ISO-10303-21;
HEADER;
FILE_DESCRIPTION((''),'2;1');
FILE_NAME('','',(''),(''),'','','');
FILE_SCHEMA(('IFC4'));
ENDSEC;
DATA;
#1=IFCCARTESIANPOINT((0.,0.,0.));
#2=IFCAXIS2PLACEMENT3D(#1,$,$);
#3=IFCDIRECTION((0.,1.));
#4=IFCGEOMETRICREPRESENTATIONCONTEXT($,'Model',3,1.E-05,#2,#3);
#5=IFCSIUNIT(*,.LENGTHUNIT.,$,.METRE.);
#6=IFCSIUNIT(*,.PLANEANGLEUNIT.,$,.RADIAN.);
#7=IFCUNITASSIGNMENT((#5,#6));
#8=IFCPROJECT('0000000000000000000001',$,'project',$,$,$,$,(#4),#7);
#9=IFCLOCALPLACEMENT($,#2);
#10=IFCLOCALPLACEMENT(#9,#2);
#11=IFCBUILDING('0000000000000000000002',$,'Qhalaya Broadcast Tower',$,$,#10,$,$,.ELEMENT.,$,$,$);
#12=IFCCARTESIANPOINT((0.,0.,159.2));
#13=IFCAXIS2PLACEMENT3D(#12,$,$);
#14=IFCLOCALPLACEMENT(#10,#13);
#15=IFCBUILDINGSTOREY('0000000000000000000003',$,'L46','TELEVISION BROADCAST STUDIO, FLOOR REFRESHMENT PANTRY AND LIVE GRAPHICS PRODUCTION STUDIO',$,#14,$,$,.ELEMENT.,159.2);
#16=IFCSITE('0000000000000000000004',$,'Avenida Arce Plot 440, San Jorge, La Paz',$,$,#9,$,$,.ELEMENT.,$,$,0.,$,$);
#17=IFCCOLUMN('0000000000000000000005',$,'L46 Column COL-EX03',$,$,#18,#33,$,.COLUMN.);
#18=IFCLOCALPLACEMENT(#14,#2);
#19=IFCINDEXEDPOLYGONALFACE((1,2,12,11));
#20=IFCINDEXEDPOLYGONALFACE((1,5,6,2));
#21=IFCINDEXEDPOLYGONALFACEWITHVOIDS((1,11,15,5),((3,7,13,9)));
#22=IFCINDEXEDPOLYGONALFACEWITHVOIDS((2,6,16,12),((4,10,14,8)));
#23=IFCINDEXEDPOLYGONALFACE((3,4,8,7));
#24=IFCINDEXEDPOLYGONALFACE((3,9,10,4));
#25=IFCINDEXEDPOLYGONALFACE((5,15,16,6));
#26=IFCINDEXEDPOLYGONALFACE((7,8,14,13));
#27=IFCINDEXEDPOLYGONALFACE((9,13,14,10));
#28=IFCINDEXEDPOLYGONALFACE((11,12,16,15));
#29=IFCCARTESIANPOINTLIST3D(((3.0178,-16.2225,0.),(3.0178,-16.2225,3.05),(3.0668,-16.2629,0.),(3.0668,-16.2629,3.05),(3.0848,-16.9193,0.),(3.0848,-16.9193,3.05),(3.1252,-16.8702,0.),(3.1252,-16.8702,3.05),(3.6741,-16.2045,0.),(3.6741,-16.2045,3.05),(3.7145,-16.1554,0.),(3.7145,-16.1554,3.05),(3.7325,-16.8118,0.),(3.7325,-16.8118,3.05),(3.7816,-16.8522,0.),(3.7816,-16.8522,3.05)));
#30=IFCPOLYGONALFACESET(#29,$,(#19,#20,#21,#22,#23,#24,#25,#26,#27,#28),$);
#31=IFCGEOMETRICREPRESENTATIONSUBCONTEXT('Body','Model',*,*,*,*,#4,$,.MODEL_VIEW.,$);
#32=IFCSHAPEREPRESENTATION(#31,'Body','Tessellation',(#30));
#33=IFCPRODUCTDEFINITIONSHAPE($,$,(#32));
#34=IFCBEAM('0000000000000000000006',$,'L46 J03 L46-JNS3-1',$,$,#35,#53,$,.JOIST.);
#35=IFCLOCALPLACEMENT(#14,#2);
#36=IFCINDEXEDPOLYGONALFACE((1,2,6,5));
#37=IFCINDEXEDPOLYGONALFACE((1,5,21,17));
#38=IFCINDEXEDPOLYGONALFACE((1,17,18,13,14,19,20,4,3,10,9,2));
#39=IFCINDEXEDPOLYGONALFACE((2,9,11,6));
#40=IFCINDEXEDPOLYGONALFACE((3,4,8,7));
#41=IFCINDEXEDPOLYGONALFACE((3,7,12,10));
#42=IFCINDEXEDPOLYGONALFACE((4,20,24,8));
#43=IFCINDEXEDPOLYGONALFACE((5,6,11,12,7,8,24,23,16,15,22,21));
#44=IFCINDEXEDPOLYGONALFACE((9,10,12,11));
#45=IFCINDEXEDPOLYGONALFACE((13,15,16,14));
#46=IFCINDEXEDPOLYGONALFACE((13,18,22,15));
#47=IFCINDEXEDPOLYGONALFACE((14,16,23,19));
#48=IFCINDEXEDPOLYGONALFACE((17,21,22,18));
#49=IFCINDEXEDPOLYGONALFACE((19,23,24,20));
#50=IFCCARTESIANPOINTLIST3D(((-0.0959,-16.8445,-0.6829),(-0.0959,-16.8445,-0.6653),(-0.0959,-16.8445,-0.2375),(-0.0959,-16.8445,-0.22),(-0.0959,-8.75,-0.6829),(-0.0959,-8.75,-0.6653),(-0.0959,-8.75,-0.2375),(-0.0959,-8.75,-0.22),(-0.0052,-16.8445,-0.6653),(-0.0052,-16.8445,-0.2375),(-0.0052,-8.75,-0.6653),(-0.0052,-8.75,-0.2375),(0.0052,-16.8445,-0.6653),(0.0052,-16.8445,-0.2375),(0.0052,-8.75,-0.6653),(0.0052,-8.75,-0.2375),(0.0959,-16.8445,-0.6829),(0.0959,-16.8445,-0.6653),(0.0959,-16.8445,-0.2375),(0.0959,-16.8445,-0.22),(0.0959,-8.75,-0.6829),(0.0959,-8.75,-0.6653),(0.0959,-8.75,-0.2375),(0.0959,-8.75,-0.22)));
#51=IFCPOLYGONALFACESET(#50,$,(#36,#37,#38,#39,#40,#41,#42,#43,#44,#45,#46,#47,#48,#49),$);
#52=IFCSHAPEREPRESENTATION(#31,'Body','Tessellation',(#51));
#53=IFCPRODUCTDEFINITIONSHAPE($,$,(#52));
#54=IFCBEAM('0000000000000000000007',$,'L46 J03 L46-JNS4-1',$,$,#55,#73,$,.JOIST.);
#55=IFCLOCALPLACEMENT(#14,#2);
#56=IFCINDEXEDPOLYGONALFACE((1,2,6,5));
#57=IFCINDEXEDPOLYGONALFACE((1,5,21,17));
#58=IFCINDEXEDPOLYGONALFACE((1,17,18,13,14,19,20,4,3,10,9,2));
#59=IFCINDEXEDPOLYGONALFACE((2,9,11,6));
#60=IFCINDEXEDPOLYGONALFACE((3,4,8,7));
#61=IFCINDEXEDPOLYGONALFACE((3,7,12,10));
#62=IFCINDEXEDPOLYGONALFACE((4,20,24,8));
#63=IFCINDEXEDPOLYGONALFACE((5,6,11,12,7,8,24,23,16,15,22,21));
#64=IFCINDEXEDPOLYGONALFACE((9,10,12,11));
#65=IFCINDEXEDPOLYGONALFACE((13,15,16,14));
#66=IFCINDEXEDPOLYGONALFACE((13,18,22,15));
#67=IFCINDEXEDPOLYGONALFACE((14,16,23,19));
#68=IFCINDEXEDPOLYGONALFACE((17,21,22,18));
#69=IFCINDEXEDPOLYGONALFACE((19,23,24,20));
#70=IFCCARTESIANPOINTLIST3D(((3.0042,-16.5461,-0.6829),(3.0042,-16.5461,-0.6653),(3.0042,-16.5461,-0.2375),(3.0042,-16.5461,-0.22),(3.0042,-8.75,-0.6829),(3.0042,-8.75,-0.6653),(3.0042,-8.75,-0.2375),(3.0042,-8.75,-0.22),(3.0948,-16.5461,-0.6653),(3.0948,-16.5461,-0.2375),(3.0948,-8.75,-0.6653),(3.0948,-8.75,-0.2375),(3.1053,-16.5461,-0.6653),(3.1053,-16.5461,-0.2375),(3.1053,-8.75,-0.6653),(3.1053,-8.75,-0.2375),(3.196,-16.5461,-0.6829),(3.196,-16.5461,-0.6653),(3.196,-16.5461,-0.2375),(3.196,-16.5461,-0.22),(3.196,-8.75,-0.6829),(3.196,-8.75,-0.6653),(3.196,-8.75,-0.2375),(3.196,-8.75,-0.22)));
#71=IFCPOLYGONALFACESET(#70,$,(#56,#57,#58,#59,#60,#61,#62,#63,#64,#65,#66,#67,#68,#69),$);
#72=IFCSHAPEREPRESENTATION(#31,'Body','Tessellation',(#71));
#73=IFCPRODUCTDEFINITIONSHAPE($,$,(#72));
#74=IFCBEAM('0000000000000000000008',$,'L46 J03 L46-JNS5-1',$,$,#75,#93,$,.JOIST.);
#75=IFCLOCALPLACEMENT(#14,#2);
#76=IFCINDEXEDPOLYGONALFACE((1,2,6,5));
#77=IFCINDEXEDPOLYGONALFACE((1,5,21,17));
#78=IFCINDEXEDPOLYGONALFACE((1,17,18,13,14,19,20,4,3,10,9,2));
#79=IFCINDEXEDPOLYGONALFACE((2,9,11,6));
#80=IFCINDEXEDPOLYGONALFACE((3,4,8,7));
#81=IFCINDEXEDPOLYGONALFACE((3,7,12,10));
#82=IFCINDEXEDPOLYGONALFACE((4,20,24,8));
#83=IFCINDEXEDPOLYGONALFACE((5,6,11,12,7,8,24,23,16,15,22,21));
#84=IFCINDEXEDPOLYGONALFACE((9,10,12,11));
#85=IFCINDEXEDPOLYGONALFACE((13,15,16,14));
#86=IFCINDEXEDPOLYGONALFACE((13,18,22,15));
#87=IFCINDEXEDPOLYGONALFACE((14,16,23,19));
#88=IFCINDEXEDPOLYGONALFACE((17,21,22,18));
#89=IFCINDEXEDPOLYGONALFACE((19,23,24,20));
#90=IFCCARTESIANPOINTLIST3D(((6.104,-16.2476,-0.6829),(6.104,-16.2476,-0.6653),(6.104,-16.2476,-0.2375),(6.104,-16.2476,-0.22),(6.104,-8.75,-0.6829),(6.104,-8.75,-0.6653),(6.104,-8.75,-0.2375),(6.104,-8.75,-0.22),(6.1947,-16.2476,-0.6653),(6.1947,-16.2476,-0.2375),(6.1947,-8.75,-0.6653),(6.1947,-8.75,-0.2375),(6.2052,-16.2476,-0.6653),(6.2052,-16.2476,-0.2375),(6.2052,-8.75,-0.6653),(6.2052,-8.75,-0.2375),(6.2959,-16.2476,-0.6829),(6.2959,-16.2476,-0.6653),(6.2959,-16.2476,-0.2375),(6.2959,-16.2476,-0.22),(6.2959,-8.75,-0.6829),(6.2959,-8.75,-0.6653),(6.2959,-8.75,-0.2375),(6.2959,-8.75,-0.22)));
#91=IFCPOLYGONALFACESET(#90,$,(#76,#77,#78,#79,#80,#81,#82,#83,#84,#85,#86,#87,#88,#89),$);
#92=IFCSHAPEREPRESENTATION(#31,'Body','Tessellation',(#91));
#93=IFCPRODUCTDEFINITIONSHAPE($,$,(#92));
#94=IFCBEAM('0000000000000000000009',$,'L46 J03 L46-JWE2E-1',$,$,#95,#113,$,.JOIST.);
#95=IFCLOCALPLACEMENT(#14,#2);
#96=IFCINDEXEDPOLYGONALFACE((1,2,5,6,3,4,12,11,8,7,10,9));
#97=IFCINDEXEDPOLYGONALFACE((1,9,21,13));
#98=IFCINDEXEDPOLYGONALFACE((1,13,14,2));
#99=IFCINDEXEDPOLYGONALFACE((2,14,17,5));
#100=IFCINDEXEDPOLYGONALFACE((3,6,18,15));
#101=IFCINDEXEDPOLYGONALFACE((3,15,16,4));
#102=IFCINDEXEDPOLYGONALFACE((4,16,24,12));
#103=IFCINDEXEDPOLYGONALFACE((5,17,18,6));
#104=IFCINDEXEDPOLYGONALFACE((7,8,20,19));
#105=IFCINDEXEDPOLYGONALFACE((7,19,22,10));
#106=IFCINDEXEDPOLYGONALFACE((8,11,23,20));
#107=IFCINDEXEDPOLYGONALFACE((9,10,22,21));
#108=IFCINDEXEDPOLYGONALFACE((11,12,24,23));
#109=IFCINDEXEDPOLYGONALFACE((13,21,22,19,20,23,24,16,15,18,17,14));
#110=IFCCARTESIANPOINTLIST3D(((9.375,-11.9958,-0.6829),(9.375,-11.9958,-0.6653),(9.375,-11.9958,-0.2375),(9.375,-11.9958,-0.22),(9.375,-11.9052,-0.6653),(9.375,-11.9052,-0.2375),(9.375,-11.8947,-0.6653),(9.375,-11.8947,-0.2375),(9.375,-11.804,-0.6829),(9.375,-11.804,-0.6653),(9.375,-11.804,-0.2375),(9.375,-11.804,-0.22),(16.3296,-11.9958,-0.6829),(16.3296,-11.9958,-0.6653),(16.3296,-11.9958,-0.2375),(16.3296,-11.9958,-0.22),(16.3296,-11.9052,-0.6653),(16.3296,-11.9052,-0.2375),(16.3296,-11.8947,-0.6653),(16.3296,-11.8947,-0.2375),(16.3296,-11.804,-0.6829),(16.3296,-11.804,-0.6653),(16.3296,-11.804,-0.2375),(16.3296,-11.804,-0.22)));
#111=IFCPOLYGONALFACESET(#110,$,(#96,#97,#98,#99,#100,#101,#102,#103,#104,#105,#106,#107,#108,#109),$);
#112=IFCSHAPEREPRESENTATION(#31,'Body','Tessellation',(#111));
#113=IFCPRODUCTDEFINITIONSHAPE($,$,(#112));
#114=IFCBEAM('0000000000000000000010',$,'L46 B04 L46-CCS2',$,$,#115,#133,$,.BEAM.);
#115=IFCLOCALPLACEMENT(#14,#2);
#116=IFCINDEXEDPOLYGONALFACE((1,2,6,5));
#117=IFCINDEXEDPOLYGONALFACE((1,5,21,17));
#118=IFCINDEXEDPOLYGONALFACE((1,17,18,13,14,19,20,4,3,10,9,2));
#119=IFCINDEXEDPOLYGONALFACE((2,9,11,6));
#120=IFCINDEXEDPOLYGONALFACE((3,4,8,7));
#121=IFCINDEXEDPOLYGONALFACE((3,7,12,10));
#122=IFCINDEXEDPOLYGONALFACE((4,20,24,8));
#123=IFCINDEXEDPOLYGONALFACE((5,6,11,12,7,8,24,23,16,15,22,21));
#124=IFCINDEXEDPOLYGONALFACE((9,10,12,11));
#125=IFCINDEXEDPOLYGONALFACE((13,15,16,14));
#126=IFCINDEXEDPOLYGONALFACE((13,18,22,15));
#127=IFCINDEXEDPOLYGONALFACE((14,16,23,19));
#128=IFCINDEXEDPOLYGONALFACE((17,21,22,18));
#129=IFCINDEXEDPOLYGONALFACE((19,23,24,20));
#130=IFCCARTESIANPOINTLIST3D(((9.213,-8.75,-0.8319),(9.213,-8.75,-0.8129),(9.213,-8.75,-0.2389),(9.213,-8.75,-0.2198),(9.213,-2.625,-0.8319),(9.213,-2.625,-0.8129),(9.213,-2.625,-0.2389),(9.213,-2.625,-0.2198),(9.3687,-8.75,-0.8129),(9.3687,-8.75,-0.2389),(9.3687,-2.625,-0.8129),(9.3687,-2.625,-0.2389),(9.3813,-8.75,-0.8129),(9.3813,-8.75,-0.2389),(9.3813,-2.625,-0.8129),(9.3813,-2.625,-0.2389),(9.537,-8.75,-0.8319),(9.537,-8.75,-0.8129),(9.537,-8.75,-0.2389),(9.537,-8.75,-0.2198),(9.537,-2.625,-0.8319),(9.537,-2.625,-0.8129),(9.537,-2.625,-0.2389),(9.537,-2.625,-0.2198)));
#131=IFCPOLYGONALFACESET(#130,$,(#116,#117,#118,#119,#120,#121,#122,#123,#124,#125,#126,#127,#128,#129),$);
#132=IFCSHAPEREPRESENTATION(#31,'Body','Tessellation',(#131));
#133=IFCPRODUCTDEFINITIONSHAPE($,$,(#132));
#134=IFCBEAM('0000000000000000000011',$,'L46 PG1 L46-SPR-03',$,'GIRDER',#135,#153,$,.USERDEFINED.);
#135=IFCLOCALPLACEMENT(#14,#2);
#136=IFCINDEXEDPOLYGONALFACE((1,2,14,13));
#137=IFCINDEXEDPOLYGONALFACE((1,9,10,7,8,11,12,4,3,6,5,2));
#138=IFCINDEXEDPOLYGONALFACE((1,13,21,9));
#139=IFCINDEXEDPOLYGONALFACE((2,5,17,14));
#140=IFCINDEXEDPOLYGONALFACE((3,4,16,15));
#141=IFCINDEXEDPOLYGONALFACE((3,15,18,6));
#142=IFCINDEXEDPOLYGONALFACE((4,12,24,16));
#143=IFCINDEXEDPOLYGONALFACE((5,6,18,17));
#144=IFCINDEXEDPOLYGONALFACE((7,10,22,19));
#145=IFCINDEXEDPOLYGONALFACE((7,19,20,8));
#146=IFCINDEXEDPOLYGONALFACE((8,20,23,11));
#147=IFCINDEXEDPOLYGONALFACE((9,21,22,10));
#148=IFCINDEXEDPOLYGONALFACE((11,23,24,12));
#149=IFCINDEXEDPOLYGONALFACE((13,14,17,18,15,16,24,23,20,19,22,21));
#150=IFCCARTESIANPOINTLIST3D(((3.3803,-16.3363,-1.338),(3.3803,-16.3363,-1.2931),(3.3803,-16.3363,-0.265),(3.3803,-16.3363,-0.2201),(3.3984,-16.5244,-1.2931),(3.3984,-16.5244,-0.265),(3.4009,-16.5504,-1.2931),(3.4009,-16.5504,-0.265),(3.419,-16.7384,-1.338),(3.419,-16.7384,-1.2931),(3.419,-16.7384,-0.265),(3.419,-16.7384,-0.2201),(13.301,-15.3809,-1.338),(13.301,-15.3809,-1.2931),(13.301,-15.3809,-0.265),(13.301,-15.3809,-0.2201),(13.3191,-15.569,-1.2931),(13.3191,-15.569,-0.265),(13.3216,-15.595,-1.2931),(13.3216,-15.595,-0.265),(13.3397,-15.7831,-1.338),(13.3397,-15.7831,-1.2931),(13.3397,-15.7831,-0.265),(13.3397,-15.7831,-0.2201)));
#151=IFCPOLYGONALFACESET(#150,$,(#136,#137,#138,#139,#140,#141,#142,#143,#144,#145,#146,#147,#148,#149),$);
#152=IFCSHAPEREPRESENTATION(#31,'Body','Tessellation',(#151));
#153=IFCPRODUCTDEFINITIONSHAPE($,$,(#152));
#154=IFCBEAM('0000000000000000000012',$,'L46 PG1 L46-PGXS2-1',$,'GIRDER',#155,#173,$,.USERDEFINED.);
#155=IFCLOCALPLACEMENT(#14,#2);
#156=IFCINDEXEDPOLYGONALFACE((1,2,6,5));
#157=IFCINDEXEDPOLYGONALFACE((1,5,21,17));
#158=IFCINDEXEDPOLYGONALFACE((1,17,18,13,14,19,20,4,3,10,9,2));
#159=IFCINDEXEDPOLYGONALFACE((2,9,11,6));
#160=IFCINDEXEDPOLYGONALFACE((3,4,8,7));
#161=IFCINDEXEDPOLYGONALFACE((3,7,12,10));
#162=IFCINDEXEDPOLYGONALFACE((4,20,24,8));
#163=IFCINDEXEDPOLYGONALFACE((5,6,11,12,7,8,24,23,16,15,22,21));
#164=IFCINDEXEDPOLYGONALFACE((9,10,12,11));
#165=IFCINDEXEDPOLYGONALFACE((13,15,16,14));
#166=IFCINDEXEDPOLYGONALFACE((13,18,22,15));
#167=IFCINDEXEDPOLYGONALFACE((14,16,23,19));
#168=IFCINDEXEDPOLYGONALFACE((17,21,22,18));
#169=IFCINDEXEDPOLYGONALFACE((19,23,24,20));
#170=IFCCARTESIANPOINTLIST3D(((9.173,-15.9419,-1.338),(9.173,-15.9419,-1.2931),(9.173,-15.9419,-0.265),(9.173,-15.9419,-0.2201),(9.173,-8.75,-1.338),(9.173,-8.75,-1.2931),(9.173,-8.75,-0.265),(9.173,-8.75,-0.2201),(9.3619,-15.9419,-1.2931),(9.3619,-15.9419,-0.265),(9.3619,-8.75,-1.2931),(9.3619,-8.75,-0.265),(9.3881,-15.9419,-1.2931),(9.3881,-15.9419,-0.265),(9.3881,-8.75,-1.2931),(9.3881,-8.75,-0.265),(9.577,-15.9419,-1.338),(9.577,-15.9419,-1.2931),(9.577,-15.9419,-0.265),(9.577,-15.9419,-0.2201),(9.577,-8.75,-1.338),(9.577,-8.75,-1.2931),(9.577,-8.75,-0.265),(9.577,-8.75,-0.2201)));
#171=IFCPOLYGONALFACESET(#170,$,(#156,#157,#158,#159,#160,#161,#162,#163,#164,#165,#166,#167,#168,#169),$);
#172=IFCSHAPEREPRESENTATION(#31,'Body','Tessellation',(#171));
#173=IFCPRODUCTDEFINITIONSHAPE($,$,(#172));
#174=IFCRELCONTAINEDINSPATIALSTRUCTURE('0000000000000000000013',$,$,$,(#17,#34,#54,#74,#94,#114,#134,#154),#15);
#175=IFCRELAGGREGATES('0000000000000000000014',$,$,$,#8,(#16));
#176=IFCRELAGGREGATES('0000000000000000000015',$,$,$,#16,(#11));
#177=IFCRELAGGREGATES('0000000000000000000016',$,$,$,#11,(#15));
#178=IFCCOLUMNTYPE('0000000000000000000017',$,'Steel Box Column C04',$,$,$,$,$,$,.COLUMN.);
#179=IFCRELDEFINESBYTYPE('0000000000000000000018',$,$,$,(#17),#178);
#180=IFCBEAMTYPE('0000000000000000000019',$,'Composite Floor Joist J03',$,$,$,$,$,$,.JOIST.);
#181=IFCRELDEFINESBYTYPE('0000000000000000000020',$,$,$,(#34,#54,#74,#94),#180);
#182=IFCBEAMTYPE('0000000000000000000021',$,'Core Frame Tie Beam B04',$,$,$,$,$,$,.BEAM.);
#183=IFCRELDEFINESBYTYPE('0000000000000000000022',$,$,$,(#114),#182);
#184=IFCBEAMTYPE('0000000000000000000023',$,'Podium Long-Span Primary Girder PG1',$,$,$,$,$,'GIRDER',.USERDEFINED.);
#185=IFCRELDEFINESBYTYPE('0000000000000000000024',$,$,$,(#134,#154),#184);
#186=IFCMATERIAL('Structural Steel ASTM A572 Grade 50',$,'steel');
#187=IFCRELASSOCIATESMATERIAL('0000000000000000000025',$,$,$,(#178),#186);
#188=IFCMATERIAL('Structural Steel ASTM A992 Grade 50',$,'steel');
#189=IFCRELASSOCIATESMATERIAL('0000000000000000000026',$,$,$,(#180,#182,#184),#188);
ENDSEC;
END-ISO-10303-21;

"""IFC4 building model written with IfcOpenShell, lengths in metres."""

from ifc_helpers import new_model, si_unit, direction, frame, origin, origin_2d, place, context, subcontext, project, spatial, hollow_rectangle, i_section, extrude, material, material_profile, profile_set, type_object, element, save


model = new_model("IFC4")

# Units and contexts
model_context = context("Model", 3, precision=1e-05, world=origin(), true_north=direction((0.0, 1.0)))
body_context = subcontext(model_context, "Body", "Model", "MODEL_VIEW")
ifc_project = project(units=[si_unit("LENGTHUNIT", "METRE"), si_unit("PLANEANGLEUNIT", "RADIAN")], contexts=[model_context])

# Site, building, storey
site_placement = place(None, origin())
site = spatial("IfcSite", under=ifc_project, at=site_placement, Name="Avenida Arce Plot 440, San Jorge, La Paz", CompositionType="ELEMENT", RefElevation=0.0)
building_placement = place(site_placement, origin())
building = spatial("IfcBuilding", under=site, at=building_placement, Name="Qhalaya Broadcast Tower", CompositionType="ELEMENT")
storey_placement = place(building_placement, frame((0.0, 0.0, 159.2)))
storey = spatial("IfcBuildingStorey", under=building, at=storey_placement, Name="L46", Description="TELEVISION BROADCAST STUDIO, FLOOR REFRESHMENT PANTRY AND LIVE GRAPHICS PRODUCTION STUDIO", CompositionType="ELEMENT", Elevation=159.2)

# Column
ifc_material_1 = material(Name="Structural Steel ASTM A572 Grade 50", Category="steel")
ifc_material_profile_1 = material_profile(ifc_material_1, hollow_rectangle(XDim=0.7, YDim=0.7, WallThickness=0.0449, at=origin_2d()), Name="BOX 700x700x45")
ifc_profile_set_1 = profile_set([ifc_material_profile_1], Name="Structural Steel ASTM A572 Grade 50")
column_type = type_object("IfcColumnType", Name="Steel Box Column C04", PredefinedType="COLUMN", material=ifc_profile_set_1)
column_placement = place(storey_placement, frame((3.3997, -16.5374, 0.0), z_axis=(0.0, 0.0, 1.0), x_axis=(0.995396, 0.095846, 0.0)))
element("IfcColumn", 1, at=column_placement, inside=storey, type_object=column_type, Name="L46 Column COL-EX03", PredefinedType="COLUMN", context=body_context, shape_type="SweptSolid", body=[
    extrude(hollow_rectangle(XDim=0.7, YDim=0.7, WallThickness=0.0449, at=origin_2d()), origin(), (0.0, 0.0, 1.0), 3.05),
])

# Beams
ifc_material_2 = material(Name="Structural Steel ASTM A992 Grade 50", Category="steel")
ifc_material_profile_2 = material_profile(ifc_material_2, i_section(OverallWidth=0.1919, OverallDepth=0.4629, WebThickness=0.0105, FlangeThickness=0.0176, at=origin_2d()), Name="W18X60")
ifc_profile_set_2 = profile_set([ifc_material_profile_2], Name="Structural Steel ASTM A992 Grade 50")
beam_type_1 = type_object("IfcBeamType", Name="Composite Floor Joist J03", PredefinedType="JOIST", material=ifc_profile_set_2)
beam_1_placement = place(storey_placement, frame((0.0, -16.8445, -0.4514), z_axis=(0.0, 1.0, 0.0), x_axis=(-1.0, 0.0, 0.0)))
element("IfcBeam", 2, at=beam_1_placement, inside=storey, type_object=beam_type_1, Name="L46 J03 L46-JNS3-1", PredefinedType="JOIST", context=body_context, shape_type="SweptSolid", body=[
    extrude(i_section(OverallWidth=0.1919, OverallDepth=0.4629, WebThickness=0.0105, FlangeThickness=0.0176, at=origin_2d()), origin(), (0.0, 0.0, 1.0), 8.0945),
])
beam_2_placement = place(storey_placement, frame((3.1001, -16.5461, -0.4514), z_axis=(0.0, 1.0, 0.0), x_axis=(-1.0, 0.0, 0.0)))
element("IfcBeam", 3, at=beam_2_placement, inside=storey, type_object=beam_type_1, Name="L46 J03 L46-JNS4-1", PredefinedType="JOIST", context=body_context, shape_type="SweptSolid", body=[
    extrude(i_section(OverallWidth=0.1919, OverallDepth=0.4629, WebThickness=0.0105, FlangeThickness=0.0176, at=origin_2d()), origin(), (0.0, 0.0, 1.0), 7.7961),
])
beam_3_placement = place(storey_placement, frame((6.2, -16.2476, -0.4514), z_axis=(0.0, 1.0, 0.0), x_axis=(-1.0, 0.0, 0.0)))
element("IfcBeam", 4, at=beam_3_placement, inside=storey, type_object=beam_type_1, Name="L46 J03 L46-JNS5-1", PredefinedType="JOIST", context=body_context, shape_type="SweptSolid", body=[
    extrude(i_section(OverallWidth=0.1919, OverallDepth=0.4629, WebThickness=0.0105, FlangeThickness=0.0176, at=origin_2d()), origin(), (0.0, 0.0, 1.0), 7.4976),
])
beam_4_placement = place(storey_placement, frame((9.375, -11.8999, -0.4514), z_axis=(1.0, 0.0, 0.0), x_axis=(0.0, 1.0, 0.0)))
element("IfcBeam", 5, at=beam_4_placement, inside=storey, type_object=beam_type_1, Name="L46 J03 L46-JWE2E-1", PredefinedType="JOIST", context=body_context, shape_type="SweptSolid", body=[
    extrude(i_section(OverallWidth=0.1919, OverallDepth=0.4629, WebThickness=0.0105, FlangeThickness=0.0176, at=origin_2d()), origin(), (0.0, 0.0, 1.0), 6.9546),
])
ifc_material_profile_3 = material_profile(ifc_material_2, i_section(OverallWidth=0.324, OverallDepth=0.6121, WebThickness=0.0127, FlangeThickness=0.019, at=origin_2d()), Name="W24X104")
ifc_profile_set_3 = profile_set([ifc_material_profile_3], Name="Structural Steel ASTM A992 Grade 50")
beam_type_2 = type_object("IfcBeamType", Name="Core Frame Tie Beam B04", PredefinedType="BEAM", material=ifc_profile_set_3)
beam_5_placement = place(storey_placement, frame((9.375, -8.75, -0.5259), z_axis=(0.0, 1.0, 0.0), x_axis=(-1.0, 0.0, 0.0)))
element("IfcBeam", 6, at=beam_5_placement, inside=storey, type_object=beam_type_2, Name="L46 B04 L46-CCS2", PredefinedType="BEAM", context=body_context, shape_type="SweptSolid", body=[
    extrude(i_section(OverallWidth=0.324, OverallDepth=0.6121, WebThickness=0.0127, FlangeThickness=0.019, at=origin_2d()), origin(), (0.0, 0.0, 1.0), 6.125),
])
ifc_material_profile_4 = material_profile(ifc_material_2, i_section(OverallWidth=0.4041, OverallDepth=1.1179, WebThickness=0.0261, FlangeThickness=0.0449, at=origin_2d()), Name="W44X335")
ifc_profile_set_4 = profile_set([ifc_material_profile_4], Name="Structural Steel ASTM A992 Grade 50")
beam_type_3 = type_object("IfcBeamType", Name="Podium Long-Span Primary Girder PG1", ElementType="GIRDER", PredefinedType="USERDEFINED", material=ifc_profile_set_4)
beam_6_placement = place(storey_placement, frame((3.3997, -16.5374, -0.7791), z_axis=(0.995396, 0.095853, 0.0), x_axis=(-0.095853, 0.995396, 0.0)))
element("IfcBeam", 7, at=beam_6_placement, inside=storey, type_object=beam_type_3, Name="L46 PG1 L46-SPR-03", ObjectType="GIRDER", PredefinedType="USERDEFINED", context=body_context, shape_type="SweptSolid", body=[
    extrude(i_section(OverallWidth=0.4041, OverallDepth=1.1179, WebThickness=0.0261, FlangeThickness=0.0449, at=origin_2d()), origin(), (0.0, 0.0, 1.0), 9.9666),
])
beam_7_placement = place(storey_placement, frame((9.375, -15.9419, -0.7791), z_axis=(0.0, 1.0, 0.0), x_axis=(-1.0, 0.0, 0.0)))
element("IfcBeam", 8, at=beam_7_placement, inside=storey, type_object=beam_type_3, Name="L46 PG1 L46-PGXS2-1", ObjectType="GIRDER", PredefinedType="USERDEFINED", context=body_context, shape_type="SweptSolid", body=[
    extrude(i_section(OverallWidth=0.4041, OverallDepth=1.1179, WebThickness=0.0261, FlangeThickness=0.0449, at=origin_2d()), origin(), (0.0, 0.0, 1.0), 7.1919),
])

save(model, "model.ifc")
